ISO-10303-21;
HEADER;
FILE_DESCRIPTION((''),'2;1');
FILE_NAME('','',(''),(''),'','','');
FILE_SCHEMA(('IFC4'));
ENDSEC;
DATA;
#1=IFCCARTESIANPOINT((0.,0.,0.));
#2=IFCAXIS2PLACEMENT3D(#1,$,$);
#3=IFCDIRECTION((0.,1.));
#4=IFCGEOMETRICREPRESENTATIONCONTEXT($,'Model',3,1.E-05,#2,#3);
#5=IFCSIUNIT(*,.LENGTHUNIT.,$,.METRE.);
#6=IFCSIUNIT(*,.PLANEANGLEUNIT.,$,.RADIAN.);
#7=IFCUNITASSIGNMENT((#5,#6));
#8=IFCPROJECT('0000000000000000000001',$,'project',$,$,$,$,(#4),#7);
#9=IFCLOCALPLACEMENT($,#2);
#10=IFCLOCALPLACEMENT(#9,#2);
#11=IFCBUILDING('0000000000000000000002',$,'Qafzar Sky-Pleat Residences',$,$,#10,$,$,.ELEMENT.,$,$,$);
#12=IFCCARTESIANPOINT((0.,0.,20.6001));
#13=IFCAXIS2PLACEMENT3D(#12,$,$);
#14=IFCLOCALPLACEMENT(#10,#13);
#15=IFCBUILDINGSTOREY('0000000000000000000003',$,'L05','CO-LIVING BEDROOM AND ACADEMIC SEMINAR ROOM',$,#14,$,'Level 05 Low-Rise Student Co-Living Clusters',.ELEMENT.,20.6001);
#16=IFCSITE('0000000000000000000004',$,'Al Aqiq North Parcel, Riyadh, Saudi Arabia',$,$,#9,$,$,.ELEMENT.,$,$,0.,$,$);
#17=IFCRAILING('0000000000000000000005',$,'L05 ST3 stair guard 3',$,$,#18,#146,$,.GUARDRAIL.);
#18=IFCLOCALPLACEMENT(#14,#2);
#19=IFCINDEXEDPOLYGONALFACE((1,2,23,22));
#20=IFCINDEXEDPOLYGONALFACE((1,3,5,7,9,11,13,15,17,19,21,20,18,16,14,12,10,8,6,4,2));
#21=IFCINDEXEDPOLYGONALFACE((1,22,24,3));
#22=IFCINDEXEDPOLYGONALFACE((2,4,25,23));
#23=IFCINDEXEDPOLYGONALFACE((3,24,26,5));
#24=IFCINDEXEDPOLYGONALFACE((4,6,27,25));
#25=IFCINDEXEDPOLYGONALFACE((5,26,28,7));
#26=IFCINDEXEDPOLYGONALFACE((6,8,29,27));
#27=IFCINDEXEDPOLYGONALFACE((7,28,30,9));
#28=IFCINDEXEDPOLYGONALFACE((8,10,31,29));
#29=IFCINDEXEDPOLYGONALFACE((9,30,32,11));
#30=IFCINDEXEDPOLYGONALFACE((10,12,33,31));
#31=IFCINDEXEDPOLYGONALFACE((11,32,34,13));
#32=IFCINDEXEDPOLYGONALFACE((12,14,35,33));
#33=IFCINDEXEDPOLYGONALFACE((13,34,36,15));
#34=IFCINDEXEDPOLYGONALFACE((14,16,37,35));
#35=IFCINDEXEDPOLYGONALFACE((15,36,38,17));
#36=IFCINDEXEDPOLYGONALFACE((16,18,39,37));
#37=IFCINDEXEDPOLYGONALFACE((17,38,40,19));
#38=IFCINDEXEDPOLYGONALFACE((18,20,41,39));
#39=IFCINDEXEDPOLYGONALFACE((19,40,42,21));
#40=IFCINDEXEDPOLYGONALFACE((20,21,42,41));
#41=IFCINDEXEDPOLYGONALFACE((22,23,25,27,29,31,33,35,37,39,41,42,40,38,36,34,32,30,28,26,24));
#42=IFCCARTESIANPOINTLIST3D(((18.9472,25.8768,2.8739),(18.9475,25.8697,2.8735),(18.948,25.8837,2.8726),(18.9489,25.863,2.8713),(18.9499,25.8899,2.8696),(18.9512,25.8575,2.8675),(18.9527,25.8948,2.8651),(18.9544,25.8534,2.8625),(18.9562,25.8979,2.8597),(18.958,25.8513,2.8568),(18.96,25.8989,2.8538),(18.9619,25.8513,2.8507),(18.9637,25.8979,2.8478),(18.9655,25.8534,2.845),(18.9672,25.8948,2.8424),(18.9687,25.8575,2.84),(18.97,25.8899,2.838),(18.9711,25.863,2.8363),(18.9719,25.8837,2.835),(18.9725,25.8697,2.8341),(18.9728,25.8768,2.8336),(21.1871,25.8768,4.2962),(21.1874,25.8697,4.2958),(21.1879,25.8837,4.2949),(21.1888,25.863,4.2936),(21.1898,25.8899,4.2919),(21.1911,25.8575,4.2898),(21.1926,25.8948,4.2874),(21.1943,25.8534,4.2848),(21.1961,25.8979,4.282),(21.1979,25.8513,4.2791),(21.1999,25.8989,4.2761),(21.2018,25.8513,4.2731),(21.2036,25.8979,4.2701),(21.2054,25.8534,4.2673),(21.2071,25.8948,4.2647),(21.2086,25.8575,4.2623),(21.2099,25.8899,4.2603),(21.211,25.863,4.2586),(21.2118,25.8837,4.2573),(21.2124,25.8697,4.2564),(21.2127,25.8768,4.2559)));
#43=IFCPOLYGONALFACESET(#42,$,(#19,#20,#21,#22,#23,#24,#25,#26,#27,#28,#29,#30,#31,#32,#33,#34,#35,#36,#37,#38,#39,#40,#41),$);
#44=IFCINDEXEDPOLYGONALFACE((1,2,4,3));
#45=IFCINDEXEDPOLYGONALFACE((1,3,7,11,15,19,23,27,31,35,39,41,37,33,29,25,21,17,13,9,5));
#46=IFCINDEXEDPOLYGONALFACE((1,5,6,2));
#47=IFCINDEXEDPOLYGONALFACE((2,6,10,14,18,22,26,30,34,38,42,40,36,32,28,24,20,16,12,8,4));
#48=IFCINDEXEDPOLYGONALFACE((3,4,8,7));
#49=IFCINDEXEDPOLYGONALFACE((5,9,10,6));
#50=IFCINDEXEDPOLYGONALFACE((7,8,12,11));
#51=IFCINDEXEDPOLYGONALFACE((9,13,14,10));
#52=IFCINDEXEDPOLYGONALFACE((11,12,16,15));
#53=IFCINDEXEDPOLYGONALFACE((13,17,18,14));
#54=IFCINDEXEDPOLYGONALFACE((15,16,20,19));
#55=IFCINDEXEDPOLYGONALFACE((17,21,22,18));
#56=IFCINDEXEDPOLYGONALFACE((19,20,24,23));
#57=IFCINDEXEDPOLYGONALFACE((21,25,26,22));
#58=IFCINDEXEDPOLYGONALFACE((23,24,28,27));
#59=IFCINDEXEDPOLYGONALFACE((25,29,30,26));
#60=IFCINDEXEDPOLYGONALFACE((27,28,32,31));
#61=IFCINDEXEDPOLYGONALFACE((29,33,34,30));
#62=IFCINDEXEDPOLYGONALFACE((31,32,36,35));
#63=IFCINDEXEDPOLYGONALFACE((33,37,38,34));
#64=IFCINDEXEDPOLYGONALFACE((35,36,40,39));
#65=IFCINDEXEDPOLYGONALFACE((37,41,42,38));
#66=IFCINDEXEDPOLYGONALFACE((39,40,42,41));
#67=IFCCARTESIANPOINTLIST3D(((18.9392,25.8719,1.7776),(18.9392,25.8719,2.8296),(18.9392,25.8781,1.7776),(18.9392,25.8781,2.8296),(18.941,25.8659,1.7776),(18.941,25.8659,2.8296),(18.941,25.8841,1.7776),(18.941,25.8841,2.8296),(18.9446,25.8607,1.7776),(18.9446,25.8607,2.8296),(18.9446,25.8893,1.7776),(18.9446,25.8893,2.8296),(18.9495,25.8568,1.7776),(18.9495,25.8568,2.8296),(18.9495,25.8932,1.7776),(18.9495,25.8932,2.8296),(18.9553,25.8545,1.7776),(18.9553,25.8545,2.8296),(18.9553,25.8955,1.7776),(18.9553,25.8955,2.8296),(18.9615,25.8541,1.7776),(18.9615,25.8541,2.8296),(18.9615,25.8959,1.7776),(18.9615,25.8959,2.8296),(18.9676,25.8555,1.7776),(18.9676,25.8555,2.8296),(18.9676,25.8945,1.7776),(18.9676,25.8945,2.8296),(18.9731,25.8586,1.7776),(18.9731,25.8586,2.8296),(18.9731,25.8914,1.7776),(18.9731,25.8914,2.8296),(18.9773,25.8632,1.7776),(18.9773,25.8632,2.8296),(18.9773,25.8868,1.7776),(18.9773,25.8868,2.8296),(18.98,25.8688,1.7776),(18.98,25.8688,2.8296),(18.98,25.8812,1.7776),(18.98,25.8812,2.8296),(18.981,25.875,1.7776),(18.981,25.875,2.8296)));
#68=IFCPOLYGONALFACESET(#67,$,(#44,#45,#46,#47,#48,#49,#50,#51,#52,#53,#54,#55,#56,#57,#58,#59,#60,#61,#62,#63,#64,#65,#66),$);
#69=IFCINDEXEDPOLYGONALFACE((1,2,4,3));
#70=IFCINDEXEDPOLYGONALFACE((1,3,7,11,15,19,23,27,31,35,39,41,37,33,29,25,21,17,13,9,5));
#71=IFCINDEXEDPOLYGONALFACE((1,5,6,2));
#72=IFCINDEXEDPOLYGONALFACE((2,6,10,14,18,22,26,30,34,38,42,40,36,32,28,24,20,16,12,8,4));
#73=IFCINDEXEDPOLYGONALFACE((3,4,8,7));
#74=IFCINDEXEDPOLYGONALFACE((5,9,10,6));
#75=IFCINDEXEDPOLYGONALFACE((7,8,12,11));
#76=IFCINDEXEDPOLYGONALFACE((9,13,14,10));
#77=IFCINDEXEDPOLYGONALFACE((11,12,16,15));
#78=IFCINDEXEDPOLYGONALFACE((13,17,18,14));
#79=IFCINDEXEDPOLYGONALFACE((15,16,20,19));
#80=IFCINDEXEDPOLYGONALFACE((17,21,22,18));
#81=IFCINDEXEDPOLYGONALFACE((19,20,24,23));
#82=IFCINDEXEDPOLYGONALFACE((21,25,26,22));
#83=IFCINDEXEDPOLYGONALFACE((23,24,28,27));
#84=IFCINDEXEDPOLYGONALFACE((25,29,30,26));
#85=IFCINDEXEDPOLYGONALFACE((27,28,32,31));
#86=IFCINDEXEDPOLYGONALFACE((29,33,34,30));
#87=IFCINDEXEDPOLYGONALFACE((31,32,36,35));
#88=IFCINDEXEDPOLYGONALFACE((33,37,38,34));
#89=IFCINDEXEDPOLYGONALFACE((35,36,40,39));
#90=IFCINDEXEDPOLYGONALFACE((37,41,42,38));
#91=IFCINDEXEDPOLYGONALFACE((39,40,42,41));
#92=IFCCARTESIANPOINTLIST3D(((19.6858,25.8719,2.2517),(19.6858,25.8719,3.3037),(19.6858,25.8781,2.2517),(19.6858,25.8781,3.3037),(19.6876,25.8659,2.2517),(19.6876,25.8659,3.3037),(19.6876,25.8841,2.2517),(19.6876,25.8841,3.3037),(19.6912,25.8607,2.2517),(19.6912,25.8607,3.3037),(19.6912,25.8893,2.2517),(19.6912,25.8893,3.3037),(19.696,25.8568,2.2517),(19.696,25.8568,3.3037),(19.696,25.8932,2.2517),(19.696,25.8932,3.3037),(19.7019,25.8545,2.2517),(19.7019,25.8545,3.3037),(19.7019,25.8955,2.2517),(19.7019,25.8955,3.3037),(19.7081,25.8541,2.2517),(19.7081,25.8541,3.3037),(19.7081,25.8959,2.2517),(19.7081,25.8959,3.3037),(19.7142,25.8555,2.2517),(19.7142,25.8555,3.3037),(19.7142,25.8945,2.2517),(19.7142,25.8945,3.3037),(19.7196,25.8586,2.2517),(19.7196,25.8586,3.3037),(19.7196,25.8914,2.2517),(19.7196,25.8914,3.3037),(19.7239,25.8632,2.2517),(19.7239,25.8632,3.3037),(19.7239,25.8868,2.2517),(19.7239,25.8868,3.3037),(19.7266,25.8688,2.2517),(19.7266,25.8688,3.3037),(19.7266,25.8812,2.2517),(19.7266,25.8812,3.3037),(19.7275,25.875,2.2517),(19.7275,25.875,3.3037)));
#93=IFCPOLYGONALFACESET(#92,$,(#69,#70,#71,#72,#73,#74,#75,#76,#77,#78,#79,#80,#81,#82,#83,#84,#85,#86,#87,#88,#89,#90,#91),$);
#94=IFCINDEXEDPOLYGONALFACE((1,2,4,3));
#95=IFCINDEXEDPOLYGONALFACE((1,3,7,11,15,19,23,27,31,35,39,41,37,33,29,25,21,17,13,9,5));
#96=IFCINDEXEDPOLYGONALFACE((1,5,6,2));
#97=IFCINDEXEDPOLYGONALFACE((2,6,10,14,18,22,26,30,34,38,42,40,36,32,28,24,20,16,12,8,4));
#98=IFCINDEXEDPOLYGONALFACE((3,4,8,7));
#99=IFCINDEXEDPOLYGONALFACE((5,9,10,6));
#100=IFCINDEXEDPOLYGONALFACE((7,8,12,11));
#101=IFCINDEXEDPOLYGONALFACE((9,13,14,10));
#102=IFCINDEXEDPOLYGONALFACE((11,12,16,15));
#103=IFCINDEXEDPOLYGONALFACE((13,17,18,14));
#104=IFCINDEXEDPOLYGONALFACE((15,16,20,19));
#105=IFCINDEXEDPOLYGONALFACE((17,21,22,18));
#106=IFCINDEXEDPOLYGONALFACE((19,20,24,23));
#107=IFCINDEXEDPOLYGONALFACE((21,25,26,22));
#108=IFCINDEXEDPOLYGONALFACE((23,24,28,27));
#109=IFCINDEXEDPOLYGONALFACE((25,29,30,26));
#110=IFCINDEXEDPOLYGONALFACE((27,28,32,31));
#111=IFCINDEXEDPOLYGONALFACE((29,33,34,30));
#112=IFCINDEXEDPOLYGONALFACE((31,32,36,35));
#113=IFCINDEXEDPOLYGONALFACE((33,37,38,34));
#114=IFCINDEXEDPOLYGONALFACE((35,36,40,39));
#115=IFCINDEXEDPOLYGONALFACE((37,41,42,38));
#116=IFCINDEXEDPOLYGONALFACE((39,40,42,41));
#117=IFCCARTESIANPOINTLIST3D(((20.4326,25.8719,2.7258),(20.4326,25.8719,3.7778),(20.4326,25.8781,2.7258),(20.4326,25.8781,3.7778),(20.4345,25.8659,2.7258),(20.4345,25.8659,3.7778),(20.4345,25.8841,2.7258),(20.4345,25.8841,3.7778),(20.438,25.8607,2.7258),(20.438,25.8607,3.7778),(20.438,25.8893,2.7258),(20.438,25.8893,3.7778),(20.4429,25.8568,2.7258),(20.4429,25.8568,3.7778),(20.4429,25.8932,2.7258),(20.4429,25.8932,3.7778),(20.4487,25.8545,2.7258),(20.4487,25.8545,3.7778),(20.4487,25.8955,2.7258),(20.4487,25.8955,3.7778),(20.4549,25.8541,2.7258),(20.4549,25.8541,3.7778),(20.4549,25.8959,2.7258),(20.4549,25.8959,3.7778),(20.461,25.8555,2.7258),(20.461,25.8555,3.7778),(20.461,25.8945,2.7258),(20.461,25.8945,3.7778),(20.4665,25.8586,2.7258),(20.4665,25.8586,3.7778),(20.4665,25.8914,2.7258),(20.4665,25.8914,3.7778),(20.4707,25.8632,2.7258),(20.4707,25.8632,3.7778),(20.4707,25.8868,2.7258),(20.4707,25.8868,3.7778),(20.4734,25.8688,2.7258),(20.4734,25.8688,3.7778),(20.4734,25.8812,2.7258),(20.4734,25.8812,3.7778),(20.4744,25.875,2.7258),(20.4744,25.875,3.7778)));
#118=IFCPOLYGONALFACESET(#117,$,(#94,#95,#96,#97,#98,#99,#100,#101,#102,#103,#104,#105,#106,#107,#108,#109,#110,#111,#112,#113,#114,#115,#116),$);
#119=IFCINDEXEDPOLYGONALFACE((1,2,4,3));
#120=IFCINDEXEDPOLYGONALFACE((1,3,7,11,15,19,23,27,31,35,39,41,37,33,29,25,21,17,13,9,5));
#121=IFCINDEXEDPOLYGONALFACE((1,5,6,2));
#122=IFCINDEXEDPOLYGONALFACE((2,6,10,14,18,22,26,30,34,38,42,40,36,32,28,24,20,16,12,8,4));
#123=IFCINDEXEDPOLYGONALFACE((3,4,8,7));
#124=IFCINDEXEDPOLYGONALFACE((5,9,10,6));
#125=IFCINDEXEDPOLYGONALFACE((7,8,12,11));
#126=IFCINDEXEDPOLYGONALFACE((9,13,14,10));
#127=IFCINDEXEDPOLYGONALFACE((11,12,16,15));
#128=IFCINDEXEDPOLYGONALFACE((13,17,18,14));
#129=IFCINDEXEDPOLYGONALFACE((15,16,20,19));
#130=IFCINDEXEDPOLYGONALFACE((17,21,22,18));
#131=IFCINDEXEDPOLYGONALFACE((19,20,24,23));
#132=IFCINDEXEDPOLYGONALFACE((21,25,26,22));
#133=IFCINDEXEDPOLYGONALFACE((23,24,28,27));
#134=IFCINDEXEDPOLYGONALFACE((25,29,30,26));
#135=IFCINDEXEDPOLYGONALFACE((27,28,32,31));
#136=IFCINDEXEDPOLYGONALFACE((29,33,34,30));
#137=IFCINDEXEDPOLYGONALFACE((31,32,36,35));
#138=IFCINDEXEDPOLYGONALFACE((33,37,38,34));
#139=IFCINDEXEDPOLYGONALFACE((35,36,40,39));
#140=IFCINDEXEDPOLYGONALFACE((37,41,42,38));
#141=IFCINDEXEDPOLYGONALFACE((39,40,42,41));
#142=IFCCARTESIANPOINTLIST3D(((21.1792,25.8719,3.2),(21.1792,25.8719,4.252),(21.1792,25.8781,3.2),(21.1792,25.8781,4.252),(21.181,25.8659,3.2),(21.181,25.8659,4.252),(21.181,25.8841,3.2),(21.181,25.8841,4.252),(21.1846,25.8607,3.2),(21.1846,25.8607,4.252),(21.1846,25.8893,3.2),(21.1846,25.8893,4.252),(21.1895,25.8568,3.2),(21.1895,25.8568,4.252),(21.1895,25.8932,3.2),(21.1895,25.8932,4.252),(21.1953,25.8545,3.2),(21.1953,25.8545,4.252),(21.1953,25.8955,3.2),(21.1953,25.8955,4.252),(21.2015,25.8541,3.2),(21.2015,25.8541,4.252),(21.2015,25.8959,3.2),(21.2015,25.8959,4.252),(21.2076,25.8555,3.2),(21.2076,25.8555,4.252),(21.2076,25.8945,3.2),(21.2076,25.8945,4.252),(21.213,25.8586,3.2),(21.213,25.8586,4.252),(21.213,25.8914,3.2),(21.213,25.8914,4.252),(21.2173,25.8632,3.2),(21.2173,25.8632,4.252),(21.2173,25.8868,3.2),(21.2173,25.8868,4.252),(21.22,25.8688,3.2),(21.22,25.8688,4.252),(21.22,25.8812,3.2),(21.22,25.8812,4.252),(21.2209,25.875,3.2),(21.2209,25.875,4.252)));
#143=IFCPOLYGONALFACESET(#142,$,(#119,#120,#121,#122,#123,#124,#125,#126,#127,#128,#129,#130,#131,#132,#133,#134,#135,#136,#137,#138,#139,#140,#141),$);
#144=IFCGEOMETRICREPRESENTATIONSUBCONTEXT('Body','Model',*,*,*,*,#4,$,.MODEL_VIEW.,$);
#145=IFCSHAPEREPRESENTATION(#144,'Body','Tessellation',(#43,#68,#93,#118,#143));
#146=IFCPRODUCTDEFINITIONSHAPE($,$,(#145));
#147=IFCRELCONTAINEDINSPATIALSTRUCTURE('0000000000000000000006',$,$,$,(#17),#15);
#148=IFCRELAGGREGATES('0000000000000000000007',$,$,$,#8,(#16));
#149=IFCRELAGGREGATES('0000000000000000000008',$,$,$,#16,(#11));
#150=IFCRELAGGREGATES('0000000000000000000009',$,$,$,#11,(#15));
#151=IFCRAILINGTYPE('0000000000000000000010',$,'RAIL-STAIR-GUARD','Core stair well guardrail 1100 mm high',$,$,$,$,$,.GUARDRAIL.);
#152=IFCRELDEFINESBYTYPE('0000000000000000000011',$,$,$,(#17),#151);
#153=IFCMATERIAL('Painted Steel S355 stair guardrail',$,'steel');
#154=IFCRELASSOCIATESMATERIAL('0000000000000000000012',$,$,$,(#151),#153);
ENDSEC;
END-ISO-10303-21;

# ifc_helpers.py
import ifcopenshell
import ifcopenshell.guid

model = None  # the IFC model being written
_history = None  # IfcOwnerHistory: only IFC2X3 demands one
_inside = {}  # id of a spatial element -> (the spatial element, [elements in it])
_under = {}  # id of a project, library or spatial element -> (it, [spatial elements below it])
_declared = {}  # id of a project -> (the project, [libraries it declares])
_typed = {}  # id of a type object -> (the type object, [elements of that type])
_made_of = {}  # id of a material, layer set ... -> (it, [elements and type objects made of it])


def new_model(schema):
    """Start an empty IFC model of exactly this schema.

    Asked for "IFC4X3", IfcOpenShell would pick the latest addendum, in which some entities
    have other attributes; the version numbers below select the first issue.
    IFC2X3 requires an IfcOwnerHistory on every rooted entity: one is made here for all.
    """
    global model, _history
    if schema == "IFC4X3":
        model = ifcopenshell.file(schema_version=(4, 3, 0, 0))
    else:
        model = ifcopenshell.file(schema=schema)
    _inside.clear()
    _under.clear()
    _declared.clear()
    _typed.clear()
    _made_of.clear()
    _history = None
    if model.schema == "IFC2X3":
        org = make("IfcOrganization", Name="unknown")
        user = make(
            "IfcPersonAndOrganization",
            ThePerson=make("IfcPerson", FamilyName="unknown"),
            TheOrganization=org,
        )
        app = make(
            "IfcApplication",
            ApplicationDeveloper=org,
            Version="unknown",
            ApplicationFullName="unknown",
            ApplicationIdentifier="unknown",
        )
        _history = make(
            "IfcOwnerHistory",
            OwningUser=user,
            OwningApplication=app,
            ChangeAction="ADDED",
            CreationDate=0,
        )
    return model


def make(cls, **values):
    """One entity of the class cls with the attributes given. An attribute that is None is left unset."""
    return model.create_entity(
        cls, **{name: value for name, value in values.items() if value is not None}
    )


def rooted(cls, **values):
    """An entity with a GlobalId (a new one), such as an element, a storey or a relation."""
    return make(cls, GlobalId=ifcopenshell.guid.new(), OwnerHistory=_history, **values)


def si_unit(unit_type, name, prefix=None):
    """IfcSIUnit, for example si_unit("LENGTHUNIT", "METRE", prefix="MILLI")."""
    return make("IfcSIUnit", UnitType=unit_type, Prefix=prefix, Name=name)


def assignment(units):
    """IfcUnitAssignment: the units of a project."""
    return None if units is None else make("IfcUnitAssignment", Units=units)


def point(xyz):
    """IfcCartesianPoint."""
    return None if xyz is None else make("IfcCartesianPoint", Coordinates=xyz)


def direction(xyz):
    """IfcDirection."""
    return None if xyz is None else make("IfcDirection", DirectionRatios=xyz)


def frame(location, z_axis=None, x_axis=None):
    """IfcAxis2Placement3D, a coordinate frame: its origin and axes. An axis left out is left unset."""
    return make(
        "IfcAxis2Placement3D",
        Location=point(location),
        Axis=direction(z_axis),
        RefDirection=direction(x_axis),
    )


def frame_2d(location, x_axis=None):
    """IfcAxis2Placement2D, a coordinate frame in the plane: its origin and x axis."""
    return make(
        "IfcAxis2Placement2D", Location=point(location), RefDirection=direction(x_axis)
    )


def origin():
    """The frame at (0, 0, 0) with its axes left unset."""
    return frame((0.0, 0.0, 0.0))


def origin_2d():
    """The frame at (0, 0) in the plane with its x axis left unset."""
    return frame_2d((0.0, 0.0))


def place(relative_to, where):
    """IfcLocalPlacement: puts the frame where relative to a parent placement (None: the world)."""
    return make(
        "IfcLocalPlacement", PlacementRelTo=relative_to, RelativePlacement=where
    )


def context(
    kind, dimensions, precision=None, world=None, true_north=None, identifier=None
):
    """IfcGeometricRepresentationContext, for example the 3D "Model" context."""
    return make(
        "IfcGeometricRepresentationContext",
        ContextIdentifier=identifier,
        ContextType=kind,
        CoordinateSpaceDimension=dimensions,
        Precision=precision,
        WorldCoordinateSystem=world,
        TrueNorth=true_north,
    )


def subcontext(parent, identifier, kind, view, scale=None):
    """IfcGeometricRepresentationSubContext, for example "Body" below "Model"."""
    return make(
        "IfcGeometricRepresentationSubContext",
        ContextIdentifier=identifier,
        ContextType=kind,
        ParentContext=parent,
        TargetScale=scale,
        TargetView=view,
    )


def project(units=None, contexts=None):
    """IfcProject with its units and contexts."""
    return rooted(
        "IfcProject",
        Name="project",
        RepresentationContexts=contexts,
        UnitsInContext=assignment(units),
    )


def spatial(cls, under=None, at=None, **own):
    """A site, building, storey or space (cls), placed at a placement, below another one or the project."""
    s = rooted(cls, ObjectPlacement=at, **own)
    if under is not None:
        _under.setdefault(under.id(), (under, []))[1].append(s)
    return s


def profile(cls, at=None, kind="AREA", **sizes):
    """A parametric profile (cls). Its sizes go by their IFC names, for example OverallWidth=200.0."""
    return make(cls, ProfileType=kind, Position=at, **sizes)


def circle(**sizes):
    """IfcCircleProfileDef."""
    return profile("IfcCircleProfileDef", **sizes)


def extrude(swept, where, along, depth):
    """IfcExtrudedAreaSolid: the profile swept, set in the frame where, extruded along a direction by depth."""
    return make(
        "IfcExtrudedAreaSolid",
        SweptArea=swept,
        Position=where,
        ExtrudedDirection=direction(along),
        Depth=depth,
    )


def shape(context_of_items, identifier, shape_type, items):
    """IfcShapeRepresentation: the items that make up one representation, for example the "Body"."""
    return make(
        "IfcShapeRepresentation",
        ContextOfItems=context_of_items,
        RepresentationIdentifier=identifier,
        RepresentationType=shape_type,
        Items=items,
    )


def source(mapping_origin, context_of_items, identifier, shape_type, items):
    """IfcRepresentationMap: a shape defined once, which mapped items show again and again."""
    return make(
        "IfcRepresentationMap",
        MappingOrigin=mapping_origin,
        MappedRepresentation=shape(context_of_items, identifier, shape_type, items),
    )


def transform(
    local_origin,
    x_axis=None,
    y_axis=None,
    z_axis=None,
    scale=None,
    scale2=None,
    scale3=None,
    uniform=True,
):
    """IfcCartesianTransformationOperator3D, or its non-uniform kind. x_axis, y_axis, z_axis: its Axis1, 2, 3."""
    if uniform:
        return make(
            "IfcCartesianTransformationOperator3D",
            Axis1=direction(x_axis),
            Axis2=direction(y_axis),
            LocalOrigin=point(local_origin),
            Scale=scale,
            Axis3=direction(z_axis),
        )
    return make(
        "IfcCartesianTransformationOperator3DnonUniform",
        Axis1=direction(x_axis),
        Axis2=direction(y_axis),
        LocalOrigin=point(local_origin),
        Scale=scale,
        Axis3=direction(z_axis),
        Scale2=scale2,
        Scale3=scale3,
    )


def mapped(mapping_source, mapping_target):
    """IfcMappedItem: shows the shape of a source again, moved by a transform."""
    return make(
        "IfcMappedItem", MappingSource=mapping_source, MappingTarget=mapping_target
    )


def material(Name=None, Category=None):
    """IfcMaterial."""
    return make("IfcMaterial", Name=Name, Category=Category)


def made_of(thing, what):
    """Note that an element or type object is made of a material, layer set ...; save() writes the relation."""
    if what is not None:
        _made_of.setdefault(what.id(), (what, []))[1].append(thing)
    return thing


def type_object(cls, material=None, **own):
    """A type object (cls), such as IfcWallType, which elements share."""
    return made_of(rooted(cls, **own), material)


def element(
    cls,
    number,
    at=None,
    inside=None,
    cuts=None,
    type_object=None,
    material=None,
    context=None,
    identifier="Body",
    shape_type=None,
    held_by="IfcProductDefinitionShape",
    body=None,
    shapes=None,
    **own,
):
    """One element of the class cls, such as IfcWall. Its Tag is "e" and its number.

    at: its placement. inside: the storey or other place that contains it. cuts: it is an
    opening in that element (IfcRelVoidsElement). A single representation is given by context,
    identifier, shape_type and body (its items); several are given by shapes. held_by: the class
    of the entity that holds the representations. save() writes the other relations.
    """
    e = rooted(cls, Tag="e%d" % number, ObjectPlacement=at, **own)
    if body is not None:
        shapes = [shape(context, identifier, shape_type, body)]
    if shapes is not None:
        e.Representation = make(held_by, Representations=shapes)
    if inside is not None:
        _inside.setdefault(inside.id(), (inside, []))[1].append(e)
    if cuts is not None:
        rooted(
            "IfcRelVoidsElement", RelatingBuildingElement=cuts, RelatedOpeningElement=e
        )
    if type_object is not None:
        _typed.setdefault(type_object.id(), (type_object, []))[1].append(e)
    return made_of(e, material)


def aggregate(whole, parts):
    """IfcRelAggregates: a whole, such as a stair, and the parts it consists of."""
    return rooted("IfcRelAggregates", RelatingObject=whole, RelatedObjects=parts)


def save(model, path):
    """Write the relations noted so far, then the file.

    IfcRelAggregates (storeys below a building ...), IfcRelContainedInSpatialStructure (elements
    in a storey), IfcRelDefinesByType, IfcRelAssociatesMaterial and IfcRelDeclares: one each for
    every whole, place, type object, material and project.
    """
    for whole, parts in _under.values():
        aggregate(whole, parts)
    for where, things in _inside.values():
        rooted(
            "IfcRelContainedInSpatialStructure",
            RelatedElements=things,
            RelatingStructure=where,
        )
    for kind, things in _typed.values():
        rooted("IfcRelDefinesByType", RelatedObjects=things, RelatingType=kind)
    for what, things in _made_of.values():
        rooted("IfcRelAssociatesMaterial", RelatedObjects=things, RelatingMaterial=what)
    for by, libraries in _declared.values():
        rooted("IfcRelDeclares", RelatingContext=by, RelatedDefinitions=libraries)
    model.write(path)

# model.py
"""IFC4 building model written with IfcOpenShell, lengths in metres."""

from ifc_helpers import new_model, si_unit, direction, frame, origin, origin_2d, place, context, subcontext, project, spatial, circle, extrude, source, transform, mapped, material, type_object, element, save


model = new_model("IFC4")

# Units and contexts
model_context = context("Model", 3, precision=1e-05, world=origin(), true_north=direction((0.0, 1.0)))
body_context = subcontext(model_context, "Body", "Model", "MODEL_VIEW")
ifc_project = project(units=[si_unit("LENGTHUNIT", "METRE"), si_unit("PLANEANGLEUNIT", "RADIAN")], contexts=[model_context])

# Site, building, storey
site_placement = place(None, origin())
site = spatial("IfcSite", under=ifc_project, at=site_placement, Name="Al Aqiq North Parcel, Riyadh, Saudi Arabia", CompositionType="ELEMENT", RefElevation=0.0)
building_placement = place(site_placement, origin())
building = spatial("IfcBuilding", under=site, at=building_placement, Name="Qafzar Sky-Pleat Residences", CompositionType="ELEMENT")
storey_placement = place(building_placement, frame((0.0, 0.0, 20.6001)))
storey = spatial("IfcBuildingStorey", under=building, at=storey_placement, Name="L05", Description="CO-LIVING BEDROOM AND ACADEMIC SEMINAR ROOM", LongName="Level 05 Low-Rise Student Co-Living Clusters", CompositionType="ELEMENT", Elevation=20.6001)

# Railing
ifc_material_1 = material(Name="Painted Steel S355 stair guardrail", Category="steel")
railing_type_1 = type_object("IfcRailingType", Name="RAIL-STAIR-GUARD", Description="Core stair well guardrail 1100 mm high", PredefinedType="GUARDRAIL", material=ifc_material_1)
shared_shape_1 = source(origin(), body_context, "Body", "SweptSolid", [
    extrude(circle(Radius=0.0239, at=origin_2d()), frame((0.0, 0.0, 1.0762), z_axis=(0.844188, 0.0, 0.536048), x_axis=(0.0, 1.0, 0.0)), (0.0, 0.0, 1.0), 2.6533),
    extrude(circle(Radius=0.021, at=origin_2d()), origin(), (0.0, 0.0, 1.0), 1.052),
    extrude(circle(Radius=0.021, at=origin_2d()), frame((0.7466, 0.0, 0.4741)), (0.0, 0.0, 1.0), 1.052),
    extrude(circle(Radius=0.021, at=origin_2d()), frame((1.4934, 0.0, 0.9482)), (0.0, 0.0, 1.0), 1.052),
    extrude(circle(Radius=0.021, at=origin_2d()), frame((2.24, 0.0, 1.4224)), (0.0, 0.0, 1.0), 1.052),
])
railing_1_placement = place(storey_placement, frame((18.96, 25.875, 1.7776)))
element("IfcRailing", 1, at=railing_1_placement, inside=storey, type_object=railing_type_1, Name="L05 ST3 stair guard 3", PredefinedType="GUARDRAIL", context=body_context, shape_type="MappedRepresentation", body=[
    mapped(shared_shape_1, transform((0.0, 0.0, 0.0), x_axis=(1.0, 0.0, 0.0), y_axis=(0.0, 1.0, 0.0), z_axis=(0.0, 0.0, 1.0), scale=1.0)),
])

save(model, "model.ifc")
